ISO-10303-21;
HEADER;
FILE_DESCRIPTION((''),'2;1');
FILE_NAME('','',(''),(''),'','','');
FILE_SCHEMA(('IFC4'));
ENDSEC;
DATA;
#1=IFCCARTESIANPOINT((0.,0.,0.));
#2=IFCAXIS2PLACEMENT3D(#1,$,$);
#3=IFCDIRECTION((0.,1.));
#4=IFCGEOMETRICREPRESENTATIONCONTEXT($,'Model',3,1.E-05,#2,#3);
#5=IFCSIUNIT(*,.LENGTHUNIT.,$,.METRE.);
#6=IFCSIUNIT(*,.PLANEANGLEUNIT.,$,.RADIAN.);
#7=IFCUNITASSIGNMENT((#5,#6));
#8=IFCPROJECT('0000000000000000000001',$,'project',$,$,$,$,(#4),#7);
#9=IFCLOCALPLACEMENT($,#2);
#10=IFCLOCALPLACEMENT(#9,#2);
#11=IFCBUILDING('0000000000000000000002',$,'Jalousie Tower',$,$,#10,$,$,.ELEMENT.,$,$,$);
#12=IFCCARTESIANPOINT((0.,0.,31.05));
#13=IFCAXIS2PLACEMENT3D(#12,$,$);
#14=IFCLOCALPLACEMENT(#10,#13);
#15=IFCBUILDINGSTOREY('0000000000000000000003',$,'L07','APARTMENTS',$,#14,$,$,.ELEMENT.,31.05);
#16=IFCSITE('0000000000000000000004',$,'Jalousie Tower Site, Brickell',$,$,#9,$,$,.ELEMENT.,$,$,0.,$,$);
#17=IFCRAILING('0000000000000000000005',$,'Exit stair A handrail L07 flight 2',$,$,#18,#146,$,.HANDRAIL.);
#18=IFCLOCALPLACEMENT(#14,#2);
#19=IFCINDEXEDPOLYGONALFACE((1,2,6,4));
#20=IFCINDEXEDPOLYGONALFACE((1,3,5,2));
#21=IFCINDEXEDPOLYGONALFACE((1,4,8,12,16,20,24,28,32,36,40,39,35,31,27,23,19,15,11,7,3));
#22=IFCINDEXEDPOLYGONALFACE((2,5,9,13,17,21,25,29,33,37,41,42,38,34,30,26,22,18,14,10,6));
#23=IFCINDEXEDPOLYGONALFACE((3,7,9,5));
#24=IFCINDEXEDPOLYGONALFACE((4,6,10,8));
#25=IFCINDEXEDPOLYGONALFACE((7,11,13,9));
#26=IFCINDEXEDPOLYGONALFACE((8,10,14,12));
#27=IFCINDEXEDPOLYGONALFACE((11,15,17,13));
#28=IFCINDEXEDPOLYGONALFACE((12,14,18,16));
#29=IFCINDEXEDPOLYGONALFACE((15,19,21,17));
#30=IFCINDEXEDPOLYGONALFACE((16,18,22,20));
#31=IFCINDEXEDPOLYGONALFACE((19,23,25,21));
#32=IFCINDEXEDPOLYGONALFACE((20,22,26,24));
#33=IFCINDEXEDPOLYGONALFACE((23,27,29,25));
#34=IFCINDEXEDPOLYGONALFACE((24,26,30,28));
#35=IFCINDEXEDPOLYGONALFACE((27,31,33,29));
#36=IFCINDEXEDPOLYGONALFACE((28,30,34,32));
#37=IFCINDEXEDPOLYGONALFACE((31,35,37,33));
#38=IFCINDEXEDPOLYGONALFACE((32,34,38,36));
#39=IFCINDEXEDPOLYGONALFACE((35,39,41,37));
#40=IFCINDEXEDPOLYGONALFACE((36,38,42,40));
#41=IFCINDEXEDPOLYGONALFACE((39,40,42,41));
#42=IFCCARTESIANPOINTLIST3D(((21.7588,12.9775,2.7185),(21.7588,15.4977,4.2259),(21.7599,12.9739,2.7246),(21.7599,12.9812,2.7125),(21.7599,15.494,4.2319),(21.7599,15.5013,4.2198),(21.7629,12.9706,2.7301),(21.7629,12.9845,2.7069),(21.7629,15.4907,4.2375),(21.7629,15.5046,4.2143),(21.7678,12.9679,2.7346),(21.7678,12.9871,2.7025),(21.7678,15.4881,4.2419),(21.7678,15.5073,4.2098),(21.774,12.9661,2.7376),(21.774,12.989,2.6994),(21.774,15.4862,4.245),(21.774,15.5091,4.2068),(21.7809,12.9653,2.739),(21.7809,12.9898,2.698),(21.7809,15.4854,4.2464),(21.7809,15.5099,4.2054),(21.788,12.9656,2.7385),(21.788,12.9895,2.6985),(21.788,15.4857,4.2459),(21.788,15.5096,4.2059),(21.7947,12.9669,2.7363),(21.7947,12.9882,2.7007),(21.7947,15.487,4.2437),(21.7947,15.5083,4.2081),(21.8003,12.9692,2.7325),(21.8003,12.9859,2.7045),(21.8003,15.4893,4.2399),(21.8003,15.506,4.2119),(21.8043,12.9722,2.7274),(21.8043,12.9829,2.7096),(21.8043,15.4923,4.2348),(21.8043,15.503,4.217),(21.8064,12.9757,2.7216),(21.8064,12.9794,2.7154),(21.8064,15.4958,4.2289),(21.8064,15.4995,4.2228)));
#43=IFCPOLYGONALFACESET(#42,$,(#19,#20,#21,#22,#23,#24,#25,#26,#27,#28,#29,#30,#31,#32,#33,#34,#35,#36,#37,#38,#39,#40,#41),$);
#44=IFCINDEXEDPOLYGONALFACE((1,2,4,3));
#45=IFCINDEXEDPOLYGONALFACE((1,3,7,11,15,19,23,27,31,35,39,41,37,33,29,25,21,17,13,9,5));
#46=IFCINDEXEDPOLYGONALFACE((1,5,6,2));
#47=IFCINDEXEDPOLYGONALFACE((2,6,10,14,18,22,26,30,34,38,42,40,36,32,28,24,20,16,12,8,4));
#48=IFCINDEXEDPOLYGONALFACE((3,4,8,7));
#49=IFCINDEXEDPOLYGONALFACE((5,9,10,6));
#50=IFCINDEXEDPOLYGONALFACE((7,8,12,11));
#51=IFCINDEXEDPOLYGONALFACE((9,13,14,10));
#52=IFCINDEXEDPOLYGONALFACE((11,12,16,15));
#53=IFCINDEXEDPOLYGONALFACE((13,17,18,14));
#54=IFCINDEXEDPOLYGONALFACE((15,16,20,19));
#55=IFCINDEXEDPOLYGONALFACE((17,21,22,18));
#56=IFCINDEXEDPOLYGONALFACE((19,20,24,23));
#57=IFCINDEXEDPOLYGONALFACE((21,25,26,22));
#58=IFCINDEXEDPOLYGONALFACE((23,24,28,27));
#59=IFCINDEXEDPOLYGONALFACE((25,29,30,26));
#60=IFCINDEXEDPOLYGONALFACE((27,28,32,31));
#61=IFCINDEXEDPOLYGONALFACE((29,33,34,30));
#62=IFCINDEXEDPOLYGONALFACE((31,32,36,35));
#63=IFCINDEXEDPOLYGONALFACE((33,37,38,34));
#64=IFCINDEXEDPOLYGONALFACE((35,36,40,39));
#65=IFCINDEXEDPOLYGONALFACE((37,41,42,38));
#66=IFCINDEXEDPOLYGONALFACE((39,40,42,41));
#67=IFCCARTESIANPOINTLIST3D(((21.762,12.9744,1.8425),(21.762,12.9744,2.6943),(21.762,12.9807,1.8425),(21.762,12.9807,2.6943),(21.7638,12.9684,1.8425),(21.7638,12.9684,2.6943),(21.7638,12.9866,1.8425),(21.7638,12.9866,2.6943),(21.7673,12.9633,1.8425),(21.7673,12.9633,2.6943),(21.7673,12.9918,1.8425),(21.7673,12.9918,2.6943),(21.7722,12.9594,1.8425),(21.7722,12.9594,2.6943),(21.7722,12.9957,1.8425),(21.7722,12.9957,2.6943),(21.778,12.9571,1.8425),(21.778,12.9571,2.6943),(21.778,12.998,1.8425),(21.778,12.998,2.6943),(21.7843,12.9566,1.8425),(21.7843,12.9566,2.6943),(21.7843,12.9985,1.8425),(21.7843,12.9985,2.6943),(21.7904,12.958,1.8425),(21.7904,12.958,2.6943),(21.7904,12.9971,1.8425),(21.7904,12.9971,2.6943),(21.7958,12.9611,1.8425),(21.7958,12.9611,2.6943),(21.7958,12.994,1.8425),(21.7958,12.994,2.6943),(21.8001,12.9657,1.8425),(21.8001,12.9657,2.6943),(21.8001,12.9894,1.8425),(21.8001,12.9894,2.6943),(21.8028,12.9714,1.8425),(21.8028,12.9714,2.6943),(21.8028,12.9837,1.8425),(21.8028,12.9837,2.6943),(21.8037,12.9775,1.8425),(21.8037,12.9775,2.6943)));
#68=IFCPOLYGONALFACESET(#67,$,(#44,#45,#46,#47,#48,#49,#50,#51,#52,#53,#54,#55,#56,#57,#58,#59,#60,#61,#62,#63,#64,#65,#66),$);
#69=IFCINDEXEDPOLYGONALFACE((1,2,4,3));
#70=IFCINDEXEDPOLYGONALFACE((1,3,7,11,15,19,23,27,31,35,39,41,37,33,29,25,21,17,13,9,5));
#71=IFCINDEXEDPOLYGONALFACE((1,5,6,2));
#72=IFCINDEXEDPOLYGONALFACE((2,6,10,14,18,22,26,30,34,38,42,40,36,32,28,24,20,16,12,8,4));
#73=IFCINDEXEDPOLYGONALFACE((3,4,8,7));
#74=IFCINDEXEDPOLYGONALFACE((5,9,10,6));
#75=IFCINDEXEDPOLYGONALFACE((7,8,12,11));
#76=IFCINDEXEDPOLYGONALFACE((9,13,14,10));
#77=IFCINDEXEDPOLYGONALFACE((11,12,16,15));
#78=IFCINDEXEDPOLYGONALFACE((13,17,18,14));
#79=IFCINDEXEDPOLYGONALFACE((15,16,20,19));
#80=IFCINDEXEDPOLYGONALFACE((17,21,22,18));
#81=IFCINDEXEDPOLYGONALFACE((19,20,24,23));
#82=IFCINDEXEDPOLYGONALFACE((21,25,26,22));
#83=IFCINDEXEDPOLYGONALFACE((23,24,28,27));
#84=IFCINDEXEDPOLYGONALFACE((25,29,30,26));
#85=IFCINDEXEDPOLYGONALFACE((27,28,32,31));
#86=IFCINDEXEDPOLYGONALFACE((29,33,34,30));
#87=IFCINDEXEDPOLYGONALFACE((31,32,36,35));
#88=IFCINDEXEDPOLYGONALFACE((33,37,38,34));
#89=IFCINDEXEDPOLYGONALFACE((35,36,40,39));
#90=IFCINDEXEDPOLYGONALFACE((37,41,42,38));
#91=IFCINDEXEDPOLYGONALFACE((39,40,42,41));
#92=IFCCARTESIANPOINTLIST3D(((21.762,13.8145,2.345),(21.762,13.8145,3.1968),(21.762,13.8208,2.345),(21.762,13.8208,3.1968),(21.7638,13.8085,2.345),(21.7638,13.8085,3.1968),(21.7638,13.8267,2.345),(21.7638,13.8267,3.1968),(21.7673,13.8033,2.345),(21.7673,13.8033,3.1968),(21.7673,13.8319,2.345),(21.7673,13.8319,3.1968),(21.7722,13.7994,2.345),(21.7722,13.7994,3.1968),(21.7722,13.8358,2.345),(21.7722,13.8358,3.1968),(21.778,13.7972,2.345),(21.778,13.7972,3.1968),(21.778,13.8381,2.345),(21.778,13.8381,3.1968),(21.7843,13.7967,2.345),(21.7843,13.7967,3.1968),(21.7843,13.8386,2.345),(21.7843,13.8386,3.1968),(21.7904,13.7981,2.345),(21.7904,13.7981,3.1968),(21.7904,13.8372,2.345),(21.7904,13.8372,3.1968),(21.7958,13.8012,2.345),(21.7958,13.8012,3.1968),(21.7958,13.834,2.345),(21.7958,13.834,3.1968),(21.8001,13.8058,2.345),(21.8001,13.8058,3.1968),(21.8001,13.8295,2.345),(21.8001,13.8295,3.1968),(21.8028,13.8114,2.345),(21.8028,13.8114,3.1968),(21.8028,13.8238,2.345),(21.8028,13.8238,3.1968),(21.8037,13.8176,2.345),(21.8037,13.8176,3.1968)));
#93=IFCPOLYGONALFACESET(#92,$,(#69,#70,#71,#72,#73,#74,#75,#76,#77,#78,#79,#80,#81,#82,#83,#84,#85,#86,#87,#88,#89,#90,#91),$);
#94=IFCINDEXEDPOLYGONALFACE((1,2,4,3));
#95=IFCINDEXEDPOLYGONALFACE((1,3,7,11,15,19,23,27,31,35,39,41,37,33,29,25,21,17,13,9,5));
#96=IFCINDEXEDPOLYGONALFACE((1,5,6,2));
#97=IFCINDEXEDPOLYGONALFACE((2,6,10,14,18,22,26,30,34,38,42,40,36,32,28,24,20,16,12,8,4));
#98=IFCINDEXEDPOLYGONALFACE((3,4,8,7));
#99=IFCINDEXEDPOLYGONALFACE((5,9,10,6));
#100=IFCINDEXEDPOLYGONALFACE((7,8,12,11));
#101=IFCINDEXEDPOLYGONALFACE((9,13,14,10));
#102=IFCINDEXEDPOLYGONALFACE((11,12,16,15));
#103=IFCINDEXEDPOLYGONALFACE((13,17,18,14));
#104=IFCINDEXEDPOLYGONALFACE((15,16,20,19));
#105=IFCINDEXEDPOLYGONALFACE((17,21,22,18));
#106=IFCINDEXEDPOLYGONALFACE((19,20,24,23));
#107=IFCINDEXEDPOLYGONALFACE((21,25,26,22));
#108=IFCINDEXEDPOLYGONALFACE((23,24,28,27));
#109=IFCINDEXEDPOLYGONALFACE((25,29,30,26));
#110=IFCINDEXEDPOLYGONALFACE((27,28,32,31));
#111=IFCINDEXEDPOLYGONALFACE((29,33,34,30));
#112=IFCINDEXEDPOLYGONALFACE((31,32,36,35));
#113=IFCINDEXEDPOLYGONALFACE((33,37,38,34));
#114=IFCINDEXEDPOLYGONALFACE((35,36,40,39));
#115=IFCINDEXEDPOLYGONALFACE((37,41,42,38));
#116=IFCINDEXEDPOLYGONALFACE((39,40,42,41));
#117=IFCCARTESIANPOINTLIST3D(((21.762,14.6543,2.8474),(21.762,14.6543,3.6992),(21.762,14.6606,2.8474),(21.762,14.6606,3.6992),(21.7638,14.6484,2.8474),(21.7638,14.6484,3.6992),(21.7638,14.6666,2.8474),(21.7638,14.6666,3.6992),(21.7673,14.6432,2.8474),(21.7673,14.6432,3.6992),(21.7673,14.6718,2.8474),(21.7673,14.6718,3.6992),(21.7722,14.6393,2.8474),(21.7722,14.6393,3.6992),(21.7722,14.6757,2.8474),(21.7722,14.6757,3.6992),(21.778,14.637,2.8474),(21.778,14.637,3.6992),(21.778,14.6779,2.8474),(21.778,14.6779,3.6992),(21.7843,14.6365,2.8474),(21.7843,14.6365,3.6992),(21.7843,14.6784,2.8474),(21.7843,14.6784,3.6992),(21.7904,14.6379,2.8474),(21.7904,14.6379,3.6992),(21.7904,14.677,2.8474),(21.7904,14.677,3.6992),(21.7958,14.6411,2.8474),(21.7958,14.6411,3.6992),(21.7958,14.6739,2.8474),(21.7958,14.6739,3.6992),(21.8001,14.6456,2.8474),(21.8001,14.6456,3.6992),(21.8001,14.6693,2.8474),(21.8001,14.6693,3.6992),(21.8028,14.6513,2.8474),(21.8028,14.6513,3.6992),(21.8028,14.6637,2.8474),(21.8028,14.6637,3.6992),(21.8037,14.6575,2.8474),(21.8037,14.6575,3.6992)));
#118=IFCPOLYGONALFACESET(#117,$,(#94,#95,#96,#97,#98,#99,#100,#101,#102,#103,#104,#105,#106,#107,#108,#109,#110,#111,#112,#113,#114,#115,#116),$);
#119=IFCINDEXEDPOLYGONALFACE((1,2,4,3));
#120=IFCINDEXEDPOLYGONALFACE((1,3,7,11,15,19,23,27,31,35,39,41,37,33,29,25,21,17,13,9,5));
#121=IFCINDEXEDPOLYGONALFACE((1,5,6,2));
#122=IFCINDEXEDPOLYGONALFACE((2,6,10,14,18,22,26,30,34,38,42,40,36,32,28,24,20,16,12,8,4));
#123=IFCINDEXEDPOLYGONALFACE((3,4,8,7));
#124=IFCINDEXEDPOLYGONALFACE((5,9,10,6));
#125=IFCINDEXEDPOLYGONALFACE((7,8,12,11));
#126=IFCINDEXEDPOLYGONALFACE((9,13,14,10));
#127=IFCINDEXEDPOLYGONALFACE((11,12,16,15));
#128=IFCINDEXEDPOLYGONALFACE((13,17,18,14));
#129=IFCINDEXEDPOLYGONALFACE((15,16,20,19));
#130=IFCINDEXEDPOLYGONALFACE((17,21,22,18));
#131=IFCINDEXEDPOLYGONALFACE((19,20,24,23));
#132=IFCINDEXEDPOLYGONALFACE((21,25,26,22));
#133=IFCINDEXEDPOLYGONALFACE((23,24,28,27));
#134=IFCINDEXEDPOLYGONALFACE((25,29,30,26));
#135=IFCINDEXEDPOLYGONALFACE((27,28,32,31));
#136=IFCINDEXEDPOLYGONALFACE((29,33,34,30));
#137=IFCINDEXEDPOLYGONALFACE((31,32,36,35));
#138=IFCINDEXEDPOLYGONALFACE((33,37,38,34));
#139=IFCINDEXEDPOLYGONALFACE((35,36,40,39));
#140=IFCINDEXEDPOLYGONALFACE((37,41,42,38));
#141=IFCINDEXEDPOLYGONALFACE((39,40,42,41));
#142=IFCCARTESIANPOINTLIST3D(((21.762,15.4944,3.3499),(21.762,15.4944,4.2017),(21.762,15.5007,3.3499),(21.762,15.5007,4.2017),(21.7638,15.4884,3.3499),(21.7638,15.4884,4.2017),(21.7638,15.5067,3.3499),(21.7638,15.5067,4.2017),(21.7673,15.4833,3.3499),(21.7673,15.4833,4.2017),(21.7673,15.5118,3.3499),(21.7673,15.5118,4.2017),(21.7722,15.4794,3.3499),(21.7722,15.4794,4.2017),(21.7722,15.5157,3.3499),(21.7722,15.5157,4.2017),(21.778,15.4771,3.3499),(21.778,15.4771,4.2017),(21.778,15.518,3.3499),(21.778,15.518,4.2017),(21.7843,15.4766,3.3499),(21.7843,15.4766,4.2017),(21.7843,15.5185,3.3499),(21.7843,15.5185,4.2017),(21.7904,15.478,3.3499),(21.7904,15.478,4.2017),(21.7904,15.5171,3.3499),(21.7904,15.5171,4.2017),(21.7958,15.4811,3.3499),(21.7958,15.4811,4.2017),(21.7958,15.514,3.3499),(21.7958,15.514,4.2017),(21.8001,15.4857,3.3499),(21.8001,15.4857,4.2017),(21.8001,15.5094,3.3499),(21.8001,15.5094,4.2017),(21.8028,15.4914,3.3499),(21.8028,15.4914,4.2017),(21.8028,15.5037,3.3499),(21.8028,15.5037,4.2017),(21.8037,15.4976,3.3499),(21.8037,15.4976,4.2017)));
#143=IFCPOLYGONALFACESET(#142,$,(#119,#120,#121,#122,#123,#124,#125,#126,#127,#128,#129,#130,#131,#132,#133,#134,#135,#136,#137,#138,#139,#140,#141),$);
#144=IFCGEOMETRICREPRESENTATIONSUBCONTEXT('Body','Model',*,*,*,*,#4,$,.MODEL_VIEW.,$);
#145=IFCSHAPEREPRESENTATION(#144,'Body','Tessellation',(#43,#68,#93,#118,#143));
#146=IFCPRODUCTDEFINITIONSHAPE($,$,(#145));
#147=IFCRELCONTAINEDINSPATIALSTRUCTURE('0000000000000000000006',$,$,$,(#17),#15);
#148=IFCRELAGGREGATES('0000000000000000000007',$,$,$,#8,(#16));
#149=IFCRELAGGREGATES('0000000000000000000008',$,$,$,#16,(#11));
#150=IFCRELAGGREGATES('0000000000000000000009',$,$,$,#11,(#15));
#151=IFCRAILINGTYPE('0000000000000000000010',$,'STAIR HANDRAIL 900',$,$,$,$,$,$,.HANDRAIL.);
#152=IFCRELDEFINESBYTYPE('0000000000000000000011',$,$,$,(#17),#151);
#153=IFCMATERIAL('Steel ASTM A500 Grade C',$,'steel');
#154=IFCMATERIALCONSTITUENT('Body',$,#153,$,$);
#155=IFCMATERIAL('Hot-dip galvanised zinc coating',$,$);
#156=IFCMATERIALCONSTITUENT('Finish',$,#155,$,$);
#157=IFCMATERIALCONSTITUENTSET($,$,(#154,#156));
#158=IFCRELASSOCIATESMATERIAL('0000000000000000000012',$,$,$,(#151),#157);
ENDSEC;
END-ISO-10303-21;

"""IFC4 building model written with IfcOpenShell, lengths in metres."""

from ifc_helpers import new_model, si_unit, direction, frame, origin, origin_2d, place, context, subcontext, project, spatial, circle, extrude, material, constituent, constituent_set, type_object, element, save


model = new_model("IFC4")

# Units and contexts
model_context = context("Model", 3, precision=1e-05, world=origin(), true_north=direction((0.0, 1.0)))
body_context = subcontext(model_context, "Body", "Model", "MODEL_VIEW")
ifc_project = project(units=[si_unit("LENGTHUNIT", "METRE"), si_unit("PLANEANGLEUNIT", "RADIAN")], contexts=[model_context])

# Site, building, storey
site_placement = place(None, origin())
site = spatial("IfcSite", under=ifc_project, at=site_placement, Name="Jalousie Tower Site, Brickell", CompositionType="ELEMENT", RefElevation=0.0)
building_placement = place(site_placement, origin())
building = spatial("IfcBuilding", under=site, at=building_placement, Name="Jalousie Tower", CompositionType="ELEMENT")
storey_placement = place(building_placement, frame((0.0, 0.0, 31.05)))
storey = spatial("IfcBuildingStorey", under=building, at=storey_placement, Name="L07", Description="APARTMENTS", CompositionType="ELEMENT", Elevation=31.05)

# Railing
ifc_material_1 = material(Name="Steel ASTM A500 Grade C", Category="steel")
ifc_constituent_1 = constituent(ifc_material_1, Name="Body")
ifc_material_2 = material(Name="Hot-dip galvanised zinc coating")
ifc_constituent_2 = constituent(ifc_material_2, Name="Finish")
ifc_constituent_set_1 = constituent_set(constituents=[ifc_constituent_1, ifc_constituent_2])
railing_type_1 = type_object("IfcRailingType", Name="STAIR HANDRAIL 900", PredefinedType="HANDRAIL", material=ifc_constituent_set_1)
railing_1_placement = place(storey_placement, frame((21.7827, 12.9775, 1.8425)))
element("IfcRailing", 1, at=railing_1_placement, inside=storey, type_object=railing_type_1, Name="Exit stair A handrail L07 flight 2", PredefinedType="HANDRAIL", context=body_context, shape_type="SweptSolid", body=[
    extrude(circle(Radius=0.0239, at=origin_2d()), frame((0.0, 0.0, 0.876), z_axis=(0.0, 0.858196, 0.513321), x_axis=(-1.0, 0.0, 0.0)), (0.0, 0.0, 1.0), 2.9365),
    extrude(circle(Radius=0.021, at=origin_2d()), origin(), (0.0, 0.0, 1.0), 0.8518),
    extrude(circle(Radius=0.021, at=origin_2d()), frame((0.0, 0.8401, 0.5024)), (0.0, 0.0, 1.0), 0.8518),
    extrude(circle(Radius=0.021, at=origin_2d()), frame((0.0, 1.6799, 1.0049)), (0.0, 0.0, 1.0), 0.8518),
    extrude(circle(Radius=0.021, at=origin_2d()), frame((0.0, 2.52, 1.5073)), (0.0, 0.0, 1.0), 0.8518),
])

save(model, "model.ifc")
